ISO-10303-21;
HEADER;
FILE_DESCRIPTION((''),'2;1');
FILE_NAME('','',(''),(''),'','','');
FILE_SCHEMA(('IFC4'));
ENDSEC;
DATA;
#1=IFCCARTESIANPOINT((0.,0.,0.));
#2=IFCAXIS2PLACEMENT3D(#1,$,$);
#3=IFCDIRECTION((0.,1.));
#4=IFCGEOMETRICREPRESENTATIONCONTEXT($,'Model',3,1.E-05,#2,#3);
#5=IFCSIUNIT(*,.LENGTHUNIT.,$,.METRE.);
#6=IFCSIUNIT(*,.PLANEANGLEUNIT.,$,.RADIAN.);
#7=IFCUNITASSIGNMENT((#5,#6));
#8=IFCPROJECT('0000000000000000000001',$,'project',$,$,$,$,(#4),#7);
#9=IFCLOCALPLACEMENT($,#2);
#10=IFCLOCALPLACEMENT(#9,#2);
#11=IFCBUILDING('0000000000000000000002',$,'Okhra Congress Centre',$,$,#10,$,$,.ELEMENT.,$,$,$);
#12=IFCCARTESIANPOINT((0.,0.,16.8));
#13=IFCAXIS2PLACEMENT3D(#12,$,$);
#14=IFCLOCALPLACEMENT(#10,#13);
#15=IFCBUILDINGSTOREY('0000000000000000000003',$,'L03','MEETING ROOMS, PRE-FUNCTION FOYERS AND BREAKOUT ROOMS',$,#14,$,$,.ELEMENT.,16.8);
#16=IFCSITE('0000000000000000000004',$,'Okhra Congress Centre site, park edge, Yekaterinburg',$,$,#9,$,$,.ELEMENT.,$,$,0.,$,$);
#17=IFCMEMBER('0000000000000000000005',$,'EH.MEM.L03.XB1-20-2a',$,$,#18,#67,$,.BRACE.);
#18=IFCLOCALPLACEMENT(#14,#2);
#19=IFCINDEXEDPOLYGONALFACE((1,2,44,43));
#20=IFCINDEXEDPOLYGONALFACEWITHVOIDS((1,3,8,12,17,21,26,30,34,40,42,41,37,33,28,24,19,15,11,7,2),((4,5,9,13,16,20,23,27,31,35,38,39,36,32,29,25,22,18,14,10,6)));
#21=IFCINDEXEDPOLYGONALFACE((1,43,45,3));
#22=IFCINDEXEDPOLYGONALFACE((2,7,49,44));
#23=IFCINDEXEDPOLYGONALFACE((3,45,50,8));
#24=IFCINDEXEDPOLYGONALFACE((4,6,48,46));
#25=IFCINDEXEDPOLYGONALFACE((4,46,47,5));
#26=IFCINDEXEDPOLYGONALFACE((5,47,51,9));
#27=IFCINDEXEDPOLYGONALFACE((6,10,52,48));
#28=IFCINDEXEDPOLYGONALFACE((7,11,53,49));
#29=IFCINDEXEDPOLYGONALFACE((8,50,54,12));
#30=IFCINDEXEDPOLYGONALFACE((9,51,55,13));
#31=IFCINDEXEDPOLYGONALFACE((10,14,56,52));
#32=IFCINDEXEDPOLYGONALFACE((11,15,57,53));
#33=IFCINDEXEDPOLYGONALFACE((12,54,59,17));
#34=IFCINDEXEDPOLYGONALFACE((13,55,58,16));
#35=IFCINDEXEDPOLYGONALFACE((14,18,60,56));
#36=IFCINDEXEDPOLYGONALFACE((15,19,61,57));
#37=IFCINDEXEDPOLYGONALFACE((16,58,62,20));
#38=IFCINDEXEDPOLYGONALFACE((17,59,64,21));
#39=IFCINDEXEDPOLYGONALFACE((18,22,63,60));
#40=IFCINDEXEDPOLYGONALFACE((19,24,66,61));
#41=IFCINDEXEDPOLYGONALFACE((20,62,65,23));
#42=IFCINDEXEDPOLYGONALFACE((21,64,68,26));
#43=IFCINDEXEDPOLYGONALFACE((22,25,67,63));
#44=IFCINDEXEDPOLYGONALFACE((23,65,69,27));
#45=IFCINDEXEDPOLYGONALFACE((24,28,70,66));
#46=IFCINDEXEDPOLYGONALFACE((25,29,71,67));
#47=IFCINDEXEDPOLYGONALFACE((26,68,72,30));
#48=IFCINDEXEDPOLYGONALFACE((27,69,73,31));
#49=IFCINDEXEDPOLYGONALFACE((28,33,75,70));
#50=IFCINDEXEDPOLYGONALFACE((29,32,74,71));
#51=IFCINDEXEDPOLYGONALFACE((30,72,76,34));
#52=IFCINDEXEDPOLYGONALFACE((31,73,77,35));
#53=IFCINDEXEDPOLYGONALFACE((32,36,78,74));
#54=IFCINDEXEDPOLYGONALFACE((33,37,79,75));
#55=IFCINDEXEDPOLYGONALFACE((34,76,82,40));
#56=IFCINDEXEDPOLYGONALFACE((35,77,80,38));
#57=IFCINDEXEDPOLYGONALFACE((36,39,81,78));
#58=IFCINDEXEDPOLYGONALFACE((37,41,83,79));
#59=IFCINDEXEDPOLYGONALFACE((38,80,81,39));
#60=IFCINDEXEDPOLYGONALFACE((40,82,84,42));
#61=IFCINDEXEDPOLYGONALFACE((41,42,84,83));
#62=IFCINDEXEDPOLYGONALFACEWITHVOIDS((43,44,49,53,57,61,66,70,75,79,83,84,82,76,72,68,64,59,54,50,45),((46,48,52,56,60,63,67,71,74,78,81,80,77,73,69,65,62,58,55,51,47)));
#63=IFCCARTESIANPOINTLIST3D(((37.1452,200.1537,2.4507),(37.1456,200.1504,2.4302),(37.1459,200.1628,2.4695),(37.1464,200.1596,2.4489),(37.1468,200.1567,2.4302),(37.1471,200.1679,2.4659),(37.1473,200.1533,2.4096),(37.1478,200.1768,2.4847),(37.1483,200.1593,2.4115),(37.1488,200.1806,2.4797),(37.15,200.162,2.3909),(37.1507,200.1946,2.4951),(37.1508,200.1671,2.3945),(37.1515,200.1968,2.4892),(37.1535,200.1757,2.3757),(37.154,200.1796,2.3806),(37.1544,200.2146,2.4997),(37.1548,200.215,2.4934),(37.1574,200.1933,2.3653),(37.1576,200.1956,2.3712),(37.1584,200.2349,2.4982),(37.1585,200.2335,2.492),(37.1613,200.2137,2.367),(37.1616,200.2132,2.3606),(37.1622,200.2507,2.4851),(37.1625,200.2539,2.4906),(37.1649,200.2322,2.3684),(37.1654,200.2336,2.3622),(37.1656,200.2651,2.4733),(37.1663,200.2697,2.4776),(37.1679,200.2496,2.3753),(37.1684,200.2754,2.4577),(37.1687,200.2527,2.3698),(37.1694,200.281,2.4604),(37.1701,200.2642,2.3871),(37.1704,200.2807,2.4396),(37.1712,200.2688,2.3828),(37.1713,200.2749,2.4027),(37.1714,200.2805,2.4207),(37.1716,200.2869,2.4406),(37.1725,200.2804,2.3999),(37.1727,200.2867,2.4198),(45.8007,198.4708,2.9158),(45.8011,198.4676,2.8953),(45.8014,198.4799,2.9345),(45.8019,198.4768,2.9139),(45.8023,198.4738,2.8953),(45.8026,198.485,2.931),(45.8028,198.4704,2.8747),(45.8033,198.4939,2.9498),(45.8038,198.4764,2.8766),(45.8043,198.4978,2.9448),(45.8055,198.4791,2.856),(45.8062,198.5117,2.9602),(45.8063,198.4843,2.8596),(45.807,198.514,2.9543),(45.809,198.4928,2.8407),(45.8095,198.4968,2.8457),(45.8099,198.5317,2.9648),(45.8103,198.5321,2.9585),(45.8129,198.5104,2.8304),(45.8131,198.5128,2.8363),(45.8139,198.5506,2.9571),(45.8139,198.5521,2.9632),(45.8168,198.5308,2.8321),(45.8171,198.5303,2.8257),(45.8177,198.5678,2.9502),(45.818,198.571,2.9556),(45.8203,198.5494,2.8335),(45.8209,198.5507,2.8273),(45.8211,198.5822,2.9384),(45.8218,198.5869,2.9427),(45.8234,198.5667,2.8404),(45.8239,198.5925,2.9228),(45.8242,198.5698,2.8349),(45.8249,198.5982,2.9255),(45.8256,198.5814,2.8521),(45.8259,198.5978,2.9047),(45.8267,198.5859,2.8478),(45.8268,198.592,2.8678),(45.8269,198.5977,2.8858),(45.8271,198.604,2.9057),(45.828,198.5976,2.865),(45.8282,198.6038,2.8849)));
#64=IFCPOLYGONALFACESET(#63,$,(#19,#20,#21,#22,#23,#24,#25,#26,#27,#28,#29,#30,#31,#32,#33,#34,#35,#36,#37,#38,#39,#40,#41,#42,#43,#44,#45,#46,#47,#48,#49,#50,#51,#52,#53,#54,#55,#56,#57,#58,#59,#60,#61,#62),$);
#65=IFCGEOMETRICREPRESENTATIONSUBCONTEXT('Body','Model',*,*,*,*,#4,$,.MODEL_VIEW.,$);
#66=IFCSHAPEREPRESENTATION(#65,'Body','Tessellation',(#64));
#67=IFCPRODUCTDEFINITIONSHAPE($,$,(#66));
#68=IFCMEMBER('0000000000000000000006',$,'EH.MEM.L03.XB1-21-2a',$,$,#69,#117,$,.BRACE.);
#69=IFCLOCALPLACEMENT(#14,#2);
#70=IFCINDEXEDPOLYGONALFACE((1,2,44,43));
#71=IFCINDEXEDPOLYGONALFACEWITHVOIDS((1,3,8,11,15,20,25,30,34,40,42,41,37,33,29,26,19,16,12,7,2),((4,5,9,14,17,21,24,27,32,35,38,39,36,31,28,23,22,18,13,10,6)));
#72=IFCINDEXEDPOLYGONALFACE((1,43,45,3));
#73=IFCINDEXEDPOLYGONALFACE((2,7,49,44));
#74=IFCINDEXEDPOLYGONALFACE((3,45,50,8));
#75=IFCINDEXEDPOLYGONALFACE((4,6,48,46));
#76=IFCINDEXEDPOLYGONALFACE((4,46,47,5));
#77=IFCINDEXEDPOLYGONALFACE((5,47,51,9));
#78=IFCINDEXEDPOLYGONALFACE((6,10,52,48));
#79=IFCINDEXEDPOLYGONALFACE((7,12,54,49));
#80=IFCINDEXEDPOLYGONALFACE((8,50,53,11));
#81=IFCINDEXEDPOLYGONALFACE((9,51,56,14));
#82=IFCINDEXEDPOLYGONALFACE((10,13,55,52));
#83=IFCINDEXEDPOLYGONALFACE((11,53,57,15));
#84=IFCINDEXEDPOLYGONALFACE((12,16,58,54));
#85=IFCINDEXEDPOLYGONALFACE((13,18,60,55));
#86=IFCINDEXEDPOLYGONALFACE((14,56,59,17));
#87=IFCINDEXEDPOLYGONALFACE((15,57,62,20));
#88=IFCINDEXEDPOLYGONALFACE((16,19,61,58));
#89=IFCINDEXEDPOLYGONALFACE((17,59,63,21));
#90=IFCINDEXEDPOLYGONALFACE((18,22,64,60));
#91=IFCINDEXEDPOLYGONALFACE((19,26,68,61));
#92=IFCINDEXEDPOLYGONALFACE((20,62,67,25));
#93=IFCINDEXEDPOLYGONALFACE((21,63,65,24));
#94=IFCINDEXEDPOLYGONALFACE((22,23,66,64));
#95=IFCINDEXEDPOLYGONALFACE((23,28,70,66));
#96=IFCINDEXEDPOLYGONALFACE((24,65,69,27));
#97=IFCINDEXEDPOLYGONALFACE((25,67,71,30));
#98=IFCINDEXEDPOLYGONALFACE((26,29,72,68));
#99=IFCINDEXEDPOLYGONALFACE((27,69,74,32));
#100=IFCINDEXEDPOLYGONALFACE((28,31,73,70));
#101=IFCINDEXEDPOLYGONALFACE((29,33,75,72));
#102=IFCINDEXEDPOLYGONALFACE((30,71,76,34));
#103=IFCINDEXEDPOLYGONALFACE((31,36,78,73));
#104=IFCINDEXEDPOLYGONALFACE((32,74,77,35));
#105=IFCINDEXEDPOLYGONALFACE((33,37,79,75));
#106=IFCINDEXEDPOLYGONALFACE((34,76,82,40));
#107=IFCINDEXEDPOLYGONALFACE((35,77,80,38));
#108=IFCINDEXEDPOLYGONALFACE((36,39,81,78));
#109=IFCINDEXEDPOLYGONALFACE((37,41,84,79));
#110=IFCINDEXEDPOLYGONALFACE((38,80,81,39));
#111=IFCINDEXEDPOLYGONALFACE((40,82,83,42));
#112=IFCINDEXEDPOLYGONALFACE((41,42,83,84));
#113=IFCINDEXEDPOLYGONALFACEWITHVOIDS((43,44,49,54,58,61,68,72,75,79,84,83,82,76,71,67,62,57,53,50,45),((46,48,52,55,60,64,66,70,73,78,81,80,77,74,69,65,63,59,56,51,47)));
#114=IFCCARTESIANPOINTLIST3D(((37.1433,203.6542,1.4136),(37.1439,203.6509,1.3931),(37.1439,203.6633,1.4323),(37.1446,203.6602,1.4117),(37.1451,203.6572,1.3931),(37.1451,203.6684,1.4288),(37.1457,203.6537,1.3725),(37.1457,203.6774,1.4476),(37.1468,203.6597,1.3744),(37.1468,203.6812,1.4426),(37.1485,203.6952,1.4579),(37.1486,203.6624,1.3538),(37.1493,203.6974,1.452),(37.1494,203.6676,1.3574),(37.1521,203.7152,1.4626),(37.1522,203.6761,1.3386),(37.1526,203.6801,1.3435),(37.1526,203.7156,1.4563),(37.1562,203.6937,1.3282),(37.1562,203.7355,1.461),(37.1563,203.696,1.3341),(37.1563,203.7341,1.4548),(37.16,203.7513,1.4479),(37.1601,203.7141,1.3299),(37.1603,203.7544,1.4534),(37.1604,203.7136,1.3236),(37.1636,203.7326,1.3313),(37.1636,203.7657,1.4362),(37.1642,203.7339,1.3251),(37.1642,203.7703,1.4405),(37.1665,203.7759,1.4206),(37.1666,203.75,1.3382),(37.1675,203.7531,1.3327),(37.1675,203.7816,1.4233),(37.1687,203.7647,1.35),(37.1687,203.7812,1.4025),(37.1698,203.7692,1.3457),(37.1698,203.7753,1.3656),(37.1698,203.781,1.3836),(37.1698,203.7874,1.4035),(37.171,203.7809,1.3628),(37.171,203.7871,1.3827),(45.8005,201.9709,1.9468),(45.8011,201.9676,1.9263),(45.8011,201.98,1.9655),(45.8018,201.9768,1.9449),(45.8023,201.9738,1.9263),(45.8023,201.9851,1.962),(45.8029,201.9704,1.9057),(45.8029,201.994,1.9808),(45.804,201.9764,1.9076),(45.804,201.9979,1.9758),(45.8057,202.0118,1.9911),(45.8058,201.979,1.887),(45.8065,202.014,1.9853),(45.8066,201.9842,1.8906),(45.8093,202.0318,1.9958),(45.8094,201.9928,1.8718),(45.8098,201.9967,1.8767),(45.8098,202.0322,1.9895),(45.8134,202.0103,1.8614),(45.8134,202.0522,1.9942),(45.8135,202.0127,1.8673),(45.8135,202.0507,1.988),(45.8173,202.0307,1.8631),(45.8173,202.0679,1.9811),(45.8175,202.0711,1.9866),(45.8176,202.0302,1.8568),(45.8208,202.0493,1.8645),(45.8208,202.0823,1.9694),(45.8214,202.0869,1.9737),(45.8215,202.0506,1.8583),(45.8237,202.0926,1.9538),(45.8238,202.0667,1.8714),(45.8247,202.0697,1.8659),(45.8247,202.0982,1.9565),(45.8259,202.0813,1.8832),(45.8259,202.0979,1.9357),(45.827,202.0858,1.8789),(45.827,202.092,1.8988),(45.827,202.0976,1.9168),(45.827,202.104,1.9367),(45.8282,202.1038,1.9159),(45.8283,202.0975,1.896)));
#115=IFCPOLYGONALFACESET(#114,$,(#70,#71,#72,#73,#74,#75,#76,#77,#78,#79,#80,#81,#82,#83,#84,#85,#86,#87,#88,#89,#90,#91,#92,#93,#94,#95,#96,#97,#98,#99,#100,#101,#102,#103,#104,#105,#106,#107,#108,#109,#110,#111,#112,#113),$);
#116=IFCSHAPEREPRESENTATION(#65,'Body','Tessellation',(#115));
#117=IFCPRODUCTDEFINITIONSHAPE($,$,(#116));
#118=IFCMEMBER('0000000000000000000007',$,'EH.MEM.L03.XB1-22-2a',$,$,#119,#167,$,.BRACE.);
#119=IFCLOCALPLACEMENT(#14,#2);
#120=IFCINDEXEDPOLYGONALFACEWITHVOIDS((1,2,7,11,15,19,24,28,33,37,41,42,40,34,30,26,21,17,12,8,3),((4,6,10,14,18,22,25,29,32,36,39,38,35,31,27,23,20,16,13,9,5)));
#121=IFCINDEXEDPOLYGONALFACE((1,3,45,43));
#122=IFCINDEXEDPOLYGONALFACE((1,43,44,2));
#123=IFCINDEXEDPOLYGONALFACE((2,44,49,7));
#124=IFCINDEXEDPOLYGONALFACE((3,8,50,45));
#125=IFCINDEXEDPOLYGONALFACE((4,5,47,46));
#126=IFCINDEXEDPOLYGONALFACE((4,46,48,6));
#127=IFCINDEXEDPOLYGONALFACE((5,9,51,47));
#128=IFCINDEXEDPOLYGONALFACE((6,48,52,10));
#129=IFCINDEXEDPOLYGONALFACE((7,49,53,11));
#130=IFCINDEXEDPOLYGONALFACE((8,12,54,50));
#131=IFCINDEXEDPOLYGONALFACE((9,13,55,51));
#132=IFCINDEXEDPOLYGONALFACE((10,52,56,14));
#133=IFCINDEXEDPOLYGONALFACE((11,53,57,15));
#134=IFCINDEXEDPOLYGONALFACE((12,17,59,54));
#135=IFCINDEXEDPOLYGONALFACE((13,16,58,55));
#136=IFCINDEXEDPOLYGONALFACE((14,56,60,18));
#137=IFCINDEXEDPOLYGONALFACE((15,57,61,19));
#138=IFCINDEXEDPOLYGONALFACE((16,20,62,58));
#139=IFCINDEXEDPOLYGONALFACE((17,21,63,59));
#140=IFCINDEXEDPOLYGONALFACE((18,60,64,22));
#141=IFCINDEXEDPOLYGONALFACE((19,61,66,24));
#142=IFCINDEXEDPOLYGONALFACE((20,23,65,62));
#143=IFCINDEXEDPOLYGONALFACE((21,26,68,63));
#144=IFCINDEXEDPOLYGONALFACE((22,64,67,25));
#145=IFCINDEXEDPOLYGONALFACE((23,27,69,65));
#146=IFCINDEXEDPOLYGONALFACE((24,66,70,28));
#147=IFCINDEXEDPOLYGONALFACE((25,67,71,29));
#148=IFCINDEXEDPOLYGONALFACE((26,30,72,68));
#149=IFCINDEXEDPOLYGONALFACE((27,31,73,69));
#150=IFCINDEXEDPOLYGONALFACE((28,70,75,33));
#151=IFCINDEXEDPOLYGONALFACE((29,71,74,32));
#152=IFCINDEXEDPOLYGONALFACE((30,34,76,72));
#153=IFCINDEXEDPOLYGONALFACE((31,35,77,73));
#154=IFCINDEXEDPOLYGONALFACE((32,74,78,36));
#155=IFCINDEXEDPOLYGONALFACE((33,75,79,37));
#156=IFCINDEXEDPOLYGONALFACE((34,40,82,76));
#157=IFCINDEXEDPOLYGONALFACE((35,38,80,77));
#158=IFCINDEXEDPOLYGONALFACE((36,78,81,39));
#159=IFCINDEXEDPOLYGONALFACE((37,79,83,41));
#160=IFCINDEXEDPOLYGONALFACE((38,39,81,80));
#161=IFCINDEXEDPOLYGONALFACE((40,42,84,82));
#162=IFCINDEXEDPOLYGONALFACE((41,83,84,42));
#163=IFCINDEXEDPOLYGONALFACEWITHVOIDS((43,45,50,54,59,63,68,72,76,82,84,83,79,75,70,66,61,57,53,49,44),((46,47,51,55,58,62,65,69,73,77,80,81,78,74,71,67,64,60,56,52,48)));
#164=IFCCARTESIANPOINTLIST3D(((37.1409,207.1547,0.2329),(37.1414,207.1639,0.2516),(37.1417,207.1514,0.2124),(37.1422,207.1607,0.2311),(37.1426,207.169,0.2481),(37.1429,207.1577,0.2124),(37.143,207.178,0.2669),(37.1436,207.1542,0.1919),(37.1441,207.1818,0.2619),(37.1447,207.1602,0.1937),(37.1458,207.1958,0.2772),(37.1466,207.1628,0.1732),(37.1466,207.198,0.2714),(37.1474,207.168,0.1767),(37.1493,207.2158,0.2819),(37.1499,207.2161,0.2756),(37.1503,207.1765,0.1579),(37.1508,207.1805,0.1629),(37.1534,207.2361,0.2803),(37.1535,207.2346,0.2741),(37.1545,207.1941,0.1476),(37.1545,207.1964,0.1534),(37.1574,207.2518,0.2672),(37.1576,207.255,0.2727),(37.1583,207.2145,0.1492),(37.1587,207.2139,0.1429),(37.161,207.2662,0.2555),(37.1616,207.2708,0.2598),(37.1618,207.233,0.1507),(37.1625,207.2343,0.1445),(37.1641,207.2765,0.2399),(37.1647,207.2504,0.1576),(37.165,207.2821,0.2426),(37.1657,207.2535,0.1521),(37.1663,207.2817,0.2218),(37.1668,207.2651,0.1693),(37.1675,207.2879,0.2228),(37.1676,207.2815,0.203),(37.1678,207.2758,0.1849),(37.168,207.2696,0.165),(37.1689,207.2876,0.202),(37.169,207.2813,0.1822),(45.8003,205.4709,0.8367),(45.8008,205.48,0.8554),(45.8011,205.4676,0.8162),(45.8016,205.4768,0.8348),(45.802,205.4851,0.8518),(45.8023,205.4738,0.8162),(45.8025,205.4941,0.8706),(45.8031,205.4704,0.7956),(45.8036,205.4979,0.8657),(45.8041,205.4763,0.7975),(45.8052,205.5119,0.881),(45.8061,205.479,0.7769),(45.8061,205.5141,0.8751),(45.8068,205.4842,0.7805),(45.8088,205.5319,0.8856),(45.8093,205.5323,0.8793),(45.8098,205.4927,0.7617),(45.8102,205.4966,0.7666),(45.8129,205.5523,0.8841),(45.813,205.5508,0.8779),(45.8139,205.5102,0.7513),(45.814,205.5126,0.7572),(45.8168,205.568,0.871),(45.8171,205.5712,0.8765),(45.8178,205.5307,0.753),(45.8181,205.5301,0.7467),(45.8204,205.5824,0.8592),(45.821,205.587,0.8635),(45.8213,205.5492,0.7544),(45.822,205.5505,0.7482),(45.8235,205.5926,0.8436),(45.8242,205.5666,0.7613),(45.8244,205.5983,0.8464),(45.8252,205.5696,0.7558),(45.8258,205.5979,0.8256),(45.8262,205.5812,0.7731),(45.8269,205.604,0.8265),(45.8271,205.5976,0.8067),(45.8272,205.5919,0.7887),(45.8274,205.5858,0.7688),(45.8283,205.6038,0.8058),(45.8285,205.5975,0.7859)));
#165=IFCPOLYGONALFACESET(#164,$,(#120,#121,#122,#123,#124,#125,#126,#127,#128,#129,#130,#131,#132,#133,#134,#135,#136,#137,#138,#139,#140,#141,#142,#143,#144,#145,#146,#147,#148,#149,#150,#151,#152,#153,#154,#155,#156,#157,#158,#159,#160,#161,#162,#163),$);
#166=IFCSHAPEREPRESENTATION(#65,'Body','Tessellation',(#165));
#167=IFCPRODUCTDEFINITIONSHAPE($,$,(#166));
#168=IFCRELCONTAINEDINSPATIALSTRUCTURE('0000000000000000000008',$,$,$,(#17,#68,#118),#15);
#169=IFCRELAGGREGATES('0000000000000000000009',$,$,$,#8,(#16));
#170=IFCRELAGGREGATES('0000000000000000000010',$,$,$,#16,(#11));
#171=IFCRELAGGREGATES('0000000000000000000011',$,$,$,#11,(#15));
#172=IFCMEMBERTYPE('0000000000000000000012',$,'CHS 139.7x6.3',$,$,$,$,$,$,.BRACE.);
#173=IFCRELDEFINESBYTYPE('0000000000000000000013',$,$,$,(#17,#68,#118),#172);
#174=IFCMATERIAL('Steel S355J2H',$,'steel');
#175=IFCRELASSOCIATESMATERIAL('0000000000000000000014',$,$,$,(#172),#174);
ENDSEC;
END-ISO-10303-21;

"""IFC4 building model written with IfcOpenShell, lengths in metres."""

from ifc_helpers import new_model, si_unit, direction, frame, origin, origin_2d, place, context, subcontext, project, spatial, hollow_circle, extrude, material, material_profile, profile_set, type_object, element, save


model = new_model("IFC4")

# Units and contexts
model_context = context("Model", 3, precision=1e-05, world=origin(), true_north=direction((0.0, 1.0)))
body_context = subcontext(model_context, "Body", "Model", "MODEL_VIEW")
ifc_project = project(units=[si_unit("LENGTHUNIT", "METRE"), si_unit("PLANEANGLEUNIT", "RADIAN")], contexts=[model_context])

# Site, building, storey
site_placement = place(None, origin())
site = spatial("IfcSite", under=ifc_project, at=site_placement, Name="Okhra Congress Centre site, park edge, Yekaterinburg", CompositionType="ELEMENT", RefElevation=0.0)
building_placement = place(site_placement, origin())
building = spatial("IfcBuilding", under=site, at=building_placement, Name="Okhra Congress Centre", CompositionType="ELEMENT")
storey_placement = place(building_placement, frame((0.0, 0.0, 16.8)))
storey = spatial("IfcBuildingStorey", under=building, at=storey_placement, Name="L03", Description="MEETING ROOMS, PRE-FUNCTION FOYERS AND BREAKOUT ROOMS", CompositionType="ELEMENT", Elevation=16.8)

# Members
ifc_material_1 = material(Name="Steel S355J2H", Category="steel")
ifc_material_profile_1 = material_profile(ifc_material_1, hollow_circle(Radius=0.0698, WallThickness=0.0063, at=origin_2d()), Name="CHS 139.7x6.3")
ifc_profile_set_1 = profile_set([ifc_material_profile_1], Name="Steel S355J2H")
member_type_1 = type_object("IfcMemberType", Name="CHS 139.7x6.3", PredefinedType="BRACE", material=ifc_profile_set_1)
member_1_placement = place(storey_placement, frame((45.8145, 198.5361, 2.8953), z_axis=(-0.980256, 0.190588, -0.052672), x_axis=(-0.190853, -0.981619, 0.0)))
element("IfcMember", 1, at=member_1_placement, inside=storey, type_object=member_type_1, Name="EH.MEM.L03.XB1-20-2a", PredefinedType="BRACE", context=body_context, shape_type="SweptSolid", body=[
    extrude(hollow_circle(Radius=0.0698, WallThickness=0.0063, at=origin_2d()), origin(), (0.0, 0.0, 1.0), 8.8298),
])
member_2_placement = place(storey_placement, frame((45.8145, 202.0361, 1.9263), z_axis=(-0.979826, 0.190522, -0.060348), x_axis=(-0.19087, -0.981615, 0.0)))
element("IfcMember", 2, at=member_2_placement, inside=storey, type_object=member_type_1, Name="EH.MEM.L03.XB1-21-2a", PredefinedType="BRACE", context=body_context, shape_type="SweptSolid", body=[
    extrude(hollow_circle(Radius=0.0698, WallThickness=0.0063, at=origin_2d()), origin(), (0.0, 0.0, 1.0), 8.8354),
])
member_3_placement = place(storey_placement, frame((45.8145, 205.5361, 0.8162), z_axis=(-0.979323, 0.190431, -0.068281), x_axis=(-0.190876, -0.981614, 0.0)))
element("IfcMember", 3, at=member_3_placement, inside=storey, type_object=member_type_1, Name="EH.MEM.L03.XB1-22-2a", PredefinedType="BRACE", context=body_context, shape_type="SweptSolid", body=[
    extrude(hollow_circle(Radius=0.0698, WallThickness=0.0063, at=origin_2d()), origin(), (0.0, 0.0, 1.0), 8.8423),
])

save(model, "model.ifc")
